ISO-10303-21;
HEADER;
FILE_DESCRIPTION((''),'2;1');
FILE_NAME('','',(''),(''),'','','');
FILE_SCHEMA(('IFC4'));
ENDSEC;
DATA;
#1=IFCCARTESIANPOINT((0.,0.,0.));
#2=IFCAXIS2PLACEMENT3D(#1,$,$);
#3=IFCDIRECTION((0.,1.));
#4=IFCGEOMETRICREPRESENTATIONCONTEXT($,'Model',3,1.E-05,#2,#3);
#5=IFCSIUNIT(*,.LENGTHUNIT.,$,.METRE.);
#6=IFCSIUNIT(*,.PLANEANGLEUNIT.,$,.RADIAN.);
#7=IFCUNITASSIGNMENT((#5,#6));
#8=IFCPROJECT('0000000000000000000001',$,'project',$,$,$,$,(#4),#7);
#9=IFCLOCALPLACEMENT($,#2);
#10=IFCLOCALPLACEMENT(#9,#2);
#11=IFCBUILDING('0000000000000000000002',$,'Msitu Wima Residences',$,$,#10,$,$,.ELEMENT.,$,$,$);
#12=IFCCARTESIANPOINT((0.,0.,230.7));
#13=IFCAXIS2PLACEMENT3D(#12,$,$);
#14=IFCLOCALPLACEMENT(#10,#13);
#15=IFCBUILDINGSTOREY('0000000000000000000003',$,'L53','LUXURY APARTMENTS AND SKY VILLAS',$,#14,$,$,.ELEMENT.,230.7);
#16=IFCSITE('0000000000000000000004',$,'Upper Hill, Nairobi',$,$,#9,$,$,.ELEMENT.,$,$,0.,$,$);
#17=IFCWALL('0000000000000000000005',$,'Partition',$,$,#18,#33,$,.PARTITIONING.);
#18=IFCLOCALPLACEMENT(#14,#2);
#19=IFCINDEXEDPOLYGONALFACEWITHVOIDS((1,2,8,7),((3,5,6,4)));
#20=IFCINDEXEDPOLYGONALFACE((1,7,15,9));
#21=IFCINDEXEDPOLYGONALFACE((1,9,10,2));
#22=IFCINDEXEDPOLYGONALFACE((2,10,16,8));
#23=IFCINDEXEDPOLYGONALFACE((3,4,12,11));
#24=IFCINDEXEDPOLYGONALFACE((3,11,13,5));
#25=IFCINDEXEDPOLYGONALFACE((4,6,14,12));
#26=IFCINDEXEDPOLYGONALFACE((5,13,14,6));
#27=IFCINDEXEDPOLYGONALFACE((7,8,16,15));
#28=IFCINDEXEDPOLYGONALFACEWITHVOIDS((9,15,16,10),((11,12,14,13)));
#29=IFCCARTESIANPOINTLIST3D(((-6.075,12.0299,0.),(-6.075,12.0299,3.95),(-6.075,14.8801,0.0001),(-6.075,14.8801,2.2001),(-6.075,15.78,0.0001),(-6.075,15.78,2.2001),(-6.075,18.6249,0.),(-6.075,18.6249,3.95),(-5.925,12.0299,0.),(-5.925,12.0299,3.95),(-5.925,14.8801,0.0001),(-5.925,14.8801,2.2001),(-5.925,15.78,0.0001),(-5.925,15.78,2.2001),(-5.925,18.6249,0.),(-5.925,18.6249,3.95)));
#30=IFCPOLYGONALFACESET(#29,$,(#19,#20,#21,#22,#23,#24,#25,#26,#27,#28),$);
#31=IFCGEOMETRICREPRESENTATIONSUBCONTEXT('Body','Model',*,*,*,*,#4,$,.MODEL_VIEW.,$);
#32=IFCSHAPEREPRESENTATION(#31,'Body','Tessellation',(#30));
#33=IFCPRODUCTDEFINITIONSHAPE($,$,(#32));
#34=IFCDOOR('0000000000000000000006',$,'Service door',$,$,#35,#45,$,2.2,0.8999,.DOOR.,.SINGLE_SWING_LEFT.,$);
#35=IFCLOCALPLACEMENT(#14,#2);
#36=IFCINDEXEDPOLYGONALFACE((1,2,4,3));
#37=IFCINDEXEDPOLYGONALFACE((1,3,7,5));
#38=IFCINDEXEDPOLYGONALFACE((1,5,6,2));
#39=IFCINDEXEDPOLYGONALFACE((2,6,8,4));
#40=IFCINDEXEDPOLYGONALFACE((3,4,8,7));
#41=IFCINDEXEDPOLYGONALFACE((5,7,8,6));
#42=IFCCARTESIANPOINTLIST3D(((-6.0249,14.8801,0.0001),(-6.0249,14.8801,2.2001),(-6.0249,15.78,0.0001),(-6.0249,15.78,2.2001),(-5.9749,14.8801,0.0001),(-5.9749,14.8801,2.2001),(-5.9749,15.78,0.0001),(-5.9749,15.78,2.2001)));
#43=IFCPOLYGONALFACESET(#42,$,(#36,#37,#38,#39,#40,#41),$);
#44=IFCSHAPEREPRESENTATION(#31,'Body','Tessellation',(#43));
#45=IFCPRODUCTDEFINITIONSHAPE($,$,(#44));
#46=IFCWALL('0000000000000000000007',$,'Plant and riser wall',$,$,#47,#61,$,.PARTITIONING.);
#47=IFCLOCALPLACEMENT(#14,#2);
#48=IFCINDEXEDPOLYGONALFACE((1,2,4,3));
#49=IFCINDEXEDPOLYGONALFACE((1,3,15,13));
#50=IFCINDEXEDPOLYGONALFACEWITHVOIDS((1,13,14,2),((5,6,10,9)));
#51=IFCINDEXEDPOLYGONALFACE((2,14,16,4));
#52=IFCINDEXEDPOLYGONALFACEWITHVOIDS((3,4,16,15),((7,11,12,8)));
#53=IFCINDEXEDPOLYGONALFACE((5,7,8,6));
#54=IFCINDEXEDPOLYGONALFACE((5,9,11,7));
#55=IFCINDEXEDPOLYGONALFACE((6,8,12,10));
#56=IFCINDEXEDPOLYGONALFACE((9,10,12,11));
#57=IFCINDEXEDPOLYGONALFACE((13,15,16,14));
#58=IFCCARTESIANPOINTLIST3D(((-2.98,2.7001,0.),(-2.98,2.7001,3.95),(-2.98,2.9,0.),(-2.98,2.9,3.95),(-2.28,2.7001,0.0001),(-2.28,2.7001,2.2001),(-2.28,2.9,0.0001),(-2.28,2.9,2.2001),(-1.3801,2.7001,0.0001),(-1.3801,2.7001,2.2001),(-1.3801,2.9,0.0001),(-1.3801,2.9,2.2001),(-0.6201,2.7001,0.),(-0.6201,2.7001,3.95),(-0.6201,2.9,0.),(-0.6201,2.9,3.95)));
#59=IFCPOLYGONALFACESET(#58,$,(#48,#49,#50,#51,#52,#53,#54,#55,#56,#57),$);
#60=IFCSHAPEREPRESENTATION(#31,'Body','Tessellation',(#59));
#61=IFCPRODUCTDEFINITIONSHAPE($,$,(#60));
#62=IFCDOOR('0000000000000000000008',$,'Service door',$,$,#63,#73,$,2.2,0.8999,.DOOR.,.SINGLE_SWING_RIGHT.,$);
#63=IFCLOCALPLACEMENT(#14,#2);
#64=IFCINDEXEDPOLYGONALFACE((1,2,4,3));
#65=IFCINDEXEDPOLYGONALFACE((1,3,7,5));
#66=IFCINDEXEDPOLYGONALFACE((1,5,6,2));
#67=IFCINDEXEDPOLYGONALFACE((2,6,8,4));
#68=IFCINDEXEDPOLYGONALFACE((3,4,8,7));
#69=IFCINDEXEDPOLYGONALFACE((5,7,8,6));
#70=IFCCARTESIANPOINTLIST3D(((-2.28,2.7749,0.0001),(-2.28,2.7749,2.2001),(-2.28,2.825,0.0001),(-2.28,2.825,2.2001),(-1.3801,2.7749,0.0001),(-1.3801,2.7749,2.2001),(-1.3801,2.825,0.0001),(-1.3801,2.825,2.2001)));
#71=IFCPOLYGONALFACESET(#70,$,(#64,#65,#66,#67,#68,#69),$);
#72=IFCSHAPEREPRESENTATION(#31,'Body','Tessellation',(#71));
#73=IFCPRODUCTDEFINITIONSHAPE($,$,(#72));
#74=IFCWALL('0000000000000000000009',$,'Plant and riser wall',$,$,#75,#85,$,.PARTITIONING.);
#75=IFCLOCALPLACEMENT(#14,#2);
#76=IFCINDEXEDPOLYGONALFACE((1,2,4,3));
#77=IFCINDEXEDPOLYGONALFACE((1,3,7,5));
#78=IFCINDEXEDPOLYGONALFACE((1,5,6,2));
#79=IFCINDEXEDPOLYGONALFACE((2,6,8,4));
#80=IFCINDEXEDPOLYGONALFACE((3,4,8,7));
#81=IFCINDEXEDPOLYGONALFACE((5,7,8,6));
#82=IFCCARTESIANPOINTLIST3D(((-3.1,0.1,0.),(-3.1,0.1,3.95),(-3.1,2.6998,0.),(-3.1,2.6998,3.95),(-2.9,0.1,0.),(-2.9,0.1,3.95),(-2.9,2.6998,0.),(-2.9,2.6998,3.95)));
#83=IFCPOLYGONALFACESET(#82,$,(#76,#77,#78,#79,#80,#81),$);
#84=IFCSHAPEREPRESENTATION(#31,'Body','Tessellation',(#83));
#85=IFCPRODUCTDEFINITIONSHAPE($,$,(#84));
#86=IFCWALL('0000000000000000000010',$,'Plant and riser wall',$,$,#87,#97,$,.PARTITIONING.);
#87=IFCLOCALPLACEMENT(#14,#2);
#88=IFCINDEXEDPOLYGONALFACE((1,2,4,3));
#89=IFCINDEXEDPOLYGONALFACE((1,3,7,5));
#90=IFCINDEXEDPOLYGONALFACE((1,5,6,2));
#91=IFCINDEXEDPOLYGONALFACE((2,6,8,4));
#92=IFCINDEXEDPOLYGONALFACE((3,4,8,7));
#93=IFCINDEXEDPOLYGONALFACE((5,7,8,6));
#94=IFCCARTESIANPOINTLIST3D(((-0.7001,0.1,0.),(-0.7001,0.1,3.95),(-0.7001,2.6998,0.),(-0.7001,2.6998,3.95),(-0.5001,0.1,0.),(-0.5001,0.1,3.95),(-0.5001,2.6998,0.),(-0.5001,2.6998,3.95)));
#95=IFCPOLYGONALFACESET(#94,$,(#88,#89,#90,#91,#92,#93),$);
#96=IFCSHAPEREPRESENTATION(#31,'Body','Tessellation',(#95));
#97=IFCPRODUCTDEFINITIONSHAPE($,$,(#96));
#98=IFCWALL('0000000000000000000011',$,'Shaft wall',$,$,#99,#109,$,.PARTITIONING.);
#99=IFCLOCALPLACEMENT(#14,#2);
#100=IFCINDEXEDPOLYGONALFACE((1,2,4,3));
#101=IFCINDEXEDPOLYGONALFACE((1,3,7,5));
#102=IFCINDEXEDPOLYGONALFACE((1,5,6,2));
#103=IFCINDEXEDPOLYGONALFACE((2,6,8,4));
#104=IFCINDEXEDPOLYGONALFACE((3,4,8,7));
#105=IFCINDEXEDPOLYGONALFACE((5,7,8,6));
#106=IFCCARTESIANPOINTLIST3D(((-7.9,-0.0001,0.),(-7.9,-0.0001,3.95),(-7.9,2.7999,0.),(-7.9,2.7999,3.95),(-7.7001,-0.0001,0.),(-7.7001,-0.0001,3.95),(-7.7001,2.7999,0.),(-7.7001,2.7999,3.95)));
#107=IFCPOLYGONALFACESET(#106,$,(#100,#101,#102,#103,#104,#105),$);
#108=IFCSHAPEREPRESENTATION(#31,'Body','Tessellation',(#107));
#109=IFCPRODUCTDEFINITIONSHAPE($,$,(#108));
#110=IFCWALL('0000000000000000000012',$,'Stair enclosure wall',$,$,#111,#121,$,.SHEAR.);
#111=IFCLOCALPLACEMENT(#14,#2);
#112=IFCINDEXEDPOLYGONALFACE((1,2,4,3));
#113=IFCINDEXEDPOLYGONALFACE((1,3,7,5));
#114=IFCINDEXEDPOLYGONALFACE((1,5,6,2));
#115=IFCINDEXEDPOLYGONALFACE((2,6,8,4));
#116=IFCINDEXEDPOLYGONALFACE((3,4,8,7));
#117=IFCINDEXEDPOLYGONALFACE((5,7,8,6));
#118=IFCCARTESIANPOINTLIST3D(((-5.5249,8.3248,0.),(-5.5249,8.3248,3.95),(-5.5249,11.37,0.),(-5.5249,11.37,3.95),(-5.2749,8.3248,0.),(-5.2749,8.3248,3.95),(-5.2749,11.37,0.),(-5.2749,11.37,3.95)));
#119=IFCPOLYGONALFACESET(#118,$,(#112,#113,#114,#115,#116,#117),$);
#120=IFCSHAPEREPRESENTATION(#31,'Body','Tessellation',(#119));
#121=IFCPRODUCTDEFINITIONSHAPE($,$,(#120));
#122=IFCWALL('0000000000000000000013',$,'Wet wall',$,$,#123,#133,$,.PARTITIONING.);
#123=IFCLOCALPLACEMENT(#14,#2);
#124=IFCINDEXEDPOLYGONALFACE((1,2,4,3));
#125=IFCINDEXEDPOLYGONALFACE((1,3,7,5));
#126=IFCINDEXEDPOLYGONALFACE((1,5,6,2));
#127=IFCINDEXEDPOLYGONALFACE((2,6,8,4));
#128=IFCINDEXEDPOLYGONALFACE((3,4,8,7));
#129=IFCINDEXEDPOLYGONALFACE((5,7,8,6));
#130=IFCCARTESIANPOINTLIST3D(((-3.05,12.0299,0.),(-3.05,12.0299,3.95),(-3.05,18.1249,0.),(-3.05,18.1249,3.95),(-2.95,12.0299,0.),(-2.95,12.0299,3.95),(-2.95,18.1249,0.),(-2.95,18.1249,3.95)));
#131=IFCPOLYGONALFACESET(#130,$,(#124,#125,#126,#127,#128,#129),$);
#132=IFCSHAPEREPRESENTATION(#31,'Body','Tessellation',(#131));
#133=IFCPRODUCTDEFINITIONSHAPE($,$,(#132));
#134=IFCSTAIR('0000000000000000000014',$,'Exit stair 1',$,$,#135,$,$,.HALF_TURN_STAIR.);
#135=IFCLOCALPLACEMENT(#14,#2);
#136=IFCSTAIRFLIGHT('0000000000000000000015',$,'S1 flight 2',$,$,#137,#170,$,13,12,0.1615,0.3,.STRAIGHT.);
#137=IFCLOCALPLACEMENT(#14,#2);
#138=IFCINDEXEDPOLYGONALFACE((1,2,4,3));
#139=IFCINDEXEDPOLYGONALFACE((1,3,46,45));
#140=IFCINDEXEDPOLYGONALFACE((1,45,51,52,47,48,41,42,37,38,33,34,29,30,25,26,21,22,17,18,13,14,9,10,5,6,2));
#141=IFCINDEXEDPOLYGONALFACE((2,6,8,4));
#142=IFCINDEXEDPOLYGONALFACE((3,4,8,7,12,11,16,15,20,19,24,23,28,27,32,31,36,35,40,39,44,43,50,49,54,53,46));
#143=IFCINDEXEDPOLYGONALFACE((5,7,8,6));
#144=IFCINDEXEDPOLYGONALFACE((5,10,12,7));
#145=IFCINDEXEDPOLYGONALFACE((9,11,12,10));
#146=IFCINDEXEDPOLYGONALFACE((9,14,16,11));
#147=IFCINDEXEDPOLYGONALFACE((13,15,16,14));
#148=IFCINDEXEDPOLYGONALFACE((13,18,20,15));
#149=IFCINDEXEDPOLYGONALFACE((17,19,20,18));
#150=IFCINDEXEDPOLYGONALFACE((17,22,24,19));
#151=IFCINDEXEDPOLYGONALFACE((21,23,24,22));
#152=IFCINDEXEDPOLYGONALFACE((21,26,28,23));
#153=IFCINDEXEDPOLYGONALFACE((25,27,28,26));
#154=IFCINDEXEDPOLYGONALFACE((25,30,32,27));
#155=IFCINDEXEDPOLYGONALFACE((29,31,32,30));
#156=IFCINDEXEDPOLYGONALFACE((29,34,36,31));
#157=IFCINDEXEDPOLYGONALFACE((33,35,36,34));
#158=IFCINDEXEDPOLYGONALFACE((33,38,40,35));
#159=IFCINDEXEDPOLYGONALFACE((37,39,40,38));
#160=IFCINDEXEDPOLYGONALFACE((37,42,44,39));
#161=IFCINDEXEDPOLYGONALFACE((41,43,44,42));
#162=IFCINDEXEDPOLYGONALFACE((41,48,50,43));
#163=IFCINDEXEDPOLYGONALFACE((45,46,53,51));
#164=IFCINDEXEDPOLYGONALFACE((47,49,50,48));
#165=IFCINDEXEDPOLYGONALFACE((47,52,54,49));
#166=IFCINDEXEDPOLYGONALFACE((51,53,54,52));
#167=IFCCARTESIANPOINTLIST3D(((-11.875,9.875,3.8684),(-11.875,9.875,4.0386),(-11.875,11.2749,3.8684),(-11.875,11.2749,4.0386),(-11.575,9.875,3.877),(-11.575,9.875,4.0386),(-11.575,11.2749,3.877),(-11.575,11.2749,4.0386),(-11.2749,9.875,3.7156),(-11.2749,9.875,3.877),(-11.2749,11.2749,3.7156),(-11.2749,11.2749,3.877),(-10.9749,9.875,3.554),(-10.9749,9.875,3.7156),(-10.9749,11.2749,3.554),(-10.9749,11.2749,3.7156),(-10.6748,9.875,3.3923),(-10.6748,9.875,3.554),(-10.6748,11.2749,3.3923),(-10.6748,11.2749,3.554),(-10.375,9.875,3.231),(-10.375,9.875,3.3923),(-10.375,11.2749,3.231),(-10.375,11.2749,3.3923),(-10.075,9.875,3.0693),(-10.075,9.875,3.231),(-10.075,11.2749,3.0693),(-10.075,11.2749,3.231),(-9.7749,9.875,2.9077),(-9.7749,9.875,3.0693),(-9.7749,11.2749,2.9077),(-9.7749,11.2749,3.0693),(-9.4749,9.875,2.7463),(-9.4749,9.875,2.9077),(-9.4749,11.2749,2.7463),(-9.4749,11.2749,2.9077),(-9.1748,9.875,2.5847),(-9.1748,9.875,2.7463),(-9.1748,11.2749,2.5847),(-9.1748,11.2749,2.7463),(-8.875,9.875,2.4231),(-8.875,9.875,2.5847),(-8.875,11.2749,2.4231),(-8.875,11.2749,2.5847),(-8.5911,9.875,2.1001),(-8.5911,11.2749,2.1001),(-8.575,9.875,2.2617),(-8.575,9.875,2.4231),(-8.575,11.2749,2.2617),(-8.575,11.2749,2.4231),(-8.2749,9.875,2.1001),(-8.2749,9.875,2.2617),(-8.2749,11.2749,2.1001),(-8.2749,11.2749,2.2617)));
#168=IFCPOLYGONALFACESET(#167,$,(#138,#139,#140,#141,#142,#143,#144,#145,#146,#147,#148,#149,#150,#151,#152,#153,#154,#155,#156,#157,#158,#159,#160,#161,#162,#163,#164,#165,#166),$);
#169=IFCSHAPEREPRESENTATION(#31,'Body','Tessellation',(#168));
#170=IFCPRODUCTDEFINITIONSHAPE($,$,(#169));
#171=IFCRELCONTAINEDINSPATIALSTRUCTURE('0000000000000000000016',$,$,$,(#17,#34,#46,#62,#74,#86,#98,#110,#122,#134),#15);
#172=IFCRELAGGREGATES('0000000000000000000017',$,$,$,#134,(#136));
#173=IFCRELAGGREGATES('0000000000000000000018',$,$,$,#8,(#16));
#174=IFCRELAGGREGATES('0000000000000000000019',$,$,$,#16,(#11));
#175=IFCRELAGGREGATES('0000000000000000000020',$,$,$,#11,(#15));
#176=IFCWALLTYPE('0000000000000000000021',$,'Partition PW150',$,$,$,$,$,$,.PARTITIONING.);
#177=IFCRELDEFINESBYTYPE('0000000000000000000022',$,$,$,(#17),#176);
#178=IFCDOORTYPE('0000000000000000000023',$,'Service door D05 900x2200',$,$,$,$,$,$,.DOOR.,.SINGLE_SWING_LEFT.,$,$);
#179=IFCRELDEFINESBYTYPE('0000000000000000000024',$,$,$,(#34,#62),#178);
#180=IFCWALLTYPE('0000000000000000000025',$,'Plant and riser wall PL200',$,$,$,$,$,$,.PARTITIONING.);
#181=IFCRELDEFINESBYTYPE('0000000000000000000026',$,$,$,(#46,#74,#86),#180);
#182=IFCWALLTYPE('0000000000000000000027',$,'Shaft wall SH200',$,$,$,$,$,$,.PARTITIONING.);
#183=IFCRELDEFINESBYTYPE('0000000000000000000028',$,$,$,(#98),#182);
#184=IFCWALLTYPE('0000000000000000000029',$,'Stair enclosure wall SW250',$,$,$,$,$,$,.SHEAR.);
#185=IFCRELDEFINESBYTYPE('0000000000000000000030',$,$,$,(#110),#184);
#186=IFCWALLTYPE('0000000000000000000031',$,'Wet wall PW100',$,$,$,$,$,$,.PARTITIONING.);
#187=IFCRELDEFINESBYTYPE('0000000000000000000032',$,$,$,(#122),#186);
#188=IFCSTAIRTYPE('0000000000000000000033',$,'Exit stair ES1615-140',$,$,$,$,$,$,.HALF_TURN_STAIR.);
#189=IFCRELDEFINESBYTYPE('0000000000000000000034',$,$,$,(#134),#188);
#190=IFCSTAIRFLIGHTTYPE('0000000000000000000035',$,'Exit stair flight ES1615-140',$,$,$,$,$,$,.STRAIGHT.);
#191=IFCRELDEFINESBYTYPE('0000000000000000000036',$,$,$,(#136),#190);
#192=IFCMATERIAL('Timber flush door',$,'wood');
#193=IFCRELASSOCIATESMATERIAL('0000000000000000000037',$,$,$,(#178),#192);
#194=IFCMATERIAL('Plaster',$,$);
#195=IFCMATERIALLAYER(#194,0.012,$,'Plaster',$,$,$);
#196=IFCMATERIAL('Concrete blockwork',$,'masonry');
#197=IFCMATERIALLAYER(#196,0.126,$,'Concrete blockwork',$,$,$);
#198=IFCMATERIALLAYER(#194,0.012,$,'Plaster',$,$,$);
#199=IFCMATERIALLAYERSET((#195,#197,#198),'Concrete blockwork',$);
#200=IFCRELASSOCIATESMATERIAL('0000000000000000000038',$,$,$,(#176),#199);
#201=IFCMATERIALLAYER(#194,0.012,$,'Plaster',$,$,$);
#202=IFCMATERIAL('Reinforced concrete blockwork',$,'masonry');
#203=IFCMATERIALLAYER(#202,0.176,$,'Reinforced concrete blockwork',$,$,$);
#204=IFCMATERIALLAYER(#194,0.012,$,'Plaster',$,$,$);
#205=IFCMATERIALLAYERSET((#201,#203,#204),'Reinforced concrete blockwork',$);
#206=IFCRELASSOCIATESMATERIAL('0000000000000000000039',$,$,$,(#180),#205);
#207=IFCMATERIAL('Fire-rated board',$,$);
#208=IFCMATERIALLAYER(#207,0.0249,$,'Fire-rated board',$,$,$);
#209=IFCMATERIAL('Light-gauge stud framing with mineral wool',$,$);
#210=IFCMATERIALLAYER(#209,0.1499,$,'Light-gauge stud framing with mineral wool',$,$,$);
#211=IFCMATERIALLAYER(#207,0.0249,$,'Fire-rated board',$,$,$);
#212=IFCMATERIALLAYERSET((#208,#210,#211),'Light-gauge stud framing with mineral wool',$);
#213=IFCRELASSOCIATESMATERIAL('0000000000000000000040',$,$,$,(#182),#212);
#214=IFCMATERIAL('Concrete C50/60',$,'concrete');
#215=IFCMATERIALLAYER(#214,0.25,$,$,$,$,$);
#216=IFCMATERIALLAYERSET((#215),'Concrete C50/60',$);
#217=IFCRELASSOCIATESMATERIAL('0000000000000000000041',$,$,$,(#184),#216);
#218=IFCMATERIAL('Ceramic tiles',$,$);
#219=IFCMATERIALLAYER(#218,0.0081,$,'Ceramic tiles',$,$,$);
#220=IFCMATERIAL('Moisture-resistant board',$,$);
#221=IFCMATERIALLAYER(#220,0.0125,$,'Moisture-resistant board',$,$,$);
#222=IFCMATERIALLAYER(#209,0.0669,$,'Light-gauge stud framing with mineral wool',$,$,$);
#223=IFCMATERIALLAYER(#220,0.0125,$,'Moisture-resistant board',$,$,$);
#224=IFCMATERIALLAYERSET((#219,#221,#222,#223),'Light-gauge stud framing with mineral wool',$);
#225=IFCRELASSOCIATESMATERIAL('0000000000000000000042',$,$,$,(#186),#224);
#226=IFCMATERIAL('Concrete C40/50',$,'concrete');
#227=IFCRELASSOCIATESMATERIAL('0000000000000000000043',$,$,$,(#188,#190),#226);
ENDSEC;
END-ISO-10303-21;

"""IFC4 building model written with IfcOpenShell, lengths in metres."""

from ifc_helpers import new_model, si_unit, direction, frame, frame_2d, origin, place, context, subcontext, project, spatial, polyline, rectangle, outline, extrude, material, layer, layer_set, type_object, element, fill, aggregate, save


model = new_model("IFC4")

# Units and contexts
model_context = context("Model", 3, precision=1e-05, world=origin(), true_north=direction((0.0, 1.0)))
body_context = subcontext(model_context, "Body", "Model", "MODEL_VIEW")
ifc_project = project(units=[si_unit("LENGTHUNIT", "METRE"), si_unit("PLANEANGLEUNIT", "RADIAN")], contexts=[model_context])

# Site, building, storey
site_placement = place(None, origin())
site = spatial("IfcSite", under=ifc_project, at=site_placement, Name="Upper Hill, Nairobi", CompositionType="ELEMENT", RefElevation=0.0)
building_placement = place(site_placement, origin())
building = spatial("IfcBuilding", under=site, at=building_placement, Name="Msitu Wima Residences", CompositionType="ELEMENT")
storey_placement = place(building_placement, frame((0.0, 0.0, 230.7)))
storey = spatial("IfcBuildingStorey", under=building, at=storey_placement, Name="L53", Description="LUXURY APARTMENTS AND SKY VILLAS", CompositionType="ELEMENT", Elevation=230.7)

# Shared definitions
ifc_material_1 = material(Name="Concrete C40/50", Category="concrete")

# Shared definitions
ifc_material_2 = material(Name="Plaster")
ifc_material_3 = material(Name="Concrete blockwork", Category="masonry")
ifc_material_4 = material(Name="Timber flush door", Category="wood")
door_type_1 = type_object("IfcDoorType", Name="Service door D05 900x2200", OperationType="SINGLE_SWING_LEFT", PredefinedType="DOOR", material=ifc_material_4)

# Walls, openings, doors
ifc_layer_1 = layer(ifc_material_2, 0.012, Name="Plaster")
ifc_layer_2 = layer(ifc_material_3, 0.126, Name="Concrete blockwork")
ifc_layer_3 = layer(ifc_material_2, 0.012, Name="Plaster")
ifc_layer_set_1 = layer_set([ifc_layer_1, ifc_layer_2, ifc_layer_3], Name="Concrete blockwork")
wall_type_1 = type_object("IfcWallType", Name="Partition PW150", PredefinedType="PARTITIONING", material=ifc_layer_set_1)
wall_1_placement = place(storey_placement, frame((-6.0, 12.03, 0.0), z_axis=(0.0, 0.0, 1.0), x_axis=(0.0, 1.0, 0.0)))
wall_1 = element("IfcWall", 1, at=wall_1_placement, inside=storey, type_object=wall_type_1, Name="Partition", PredefinedType="PARTITIONING", context=body_context, shape_type="SweptSolid", body=[
    extrude(rectangle(XDim=6.595, YDim=0.1499, at=frame_2d((3.2974, 0.0))), origin(), (0.0, 0.0, 1.0), 3.95),
])
opening_1_placement = place(wall_1_placement, frame((2.8501, 0.0, 0.0)))
opening_1 = element("IfcOpeningElement", 2, at=opening_1_placement, cuts=wall_1, PredefinedType="OPENING", context=body_context, shape_type="SweptSolid", body=[
    extrude(rectangle(XDim=0.8999, YDim=2.2, at=frame_2d((0.45, 1.1001))), frame((0.0, 0.085, 0.0), z_axis=(0.0, -1.0, 0.0), x_axis=(1.0, 0.0, 0.0)), (0.0, 0.0, 1.0), 0.1699),
])
door_1_placement = place(opening_1_placement, origin())
door_1 = element("IfcDoor", 3, at=door_1_placement, inside=storey, type_object=door_type_1, Name="Service door", OperationType="SINGLE_SWING_LEFT", OverallHeight=2.2, OverallWidth=0.8999, PredefinedType="DOOR", context=body_context, shape_type="SweptSolid", body=[
    extrude(rectangle(XDim=0.8999, YDim=2.2, at=frame_2d((0.45, 1.1001))), frame((0.0, 0.0249, 0.0), z_axis=(0.0, -1.0, 0.0), x_axis=(1.0, 0.0, 0.0)), (0.0, 0.0, 1.0), 0.05),
])
fill(opening_1, door_1)
ifc_layer_4 = layer(ifc_material_2, 0.012, Name="Plaster")
ifc_material_5 = material(Name="Reinforced concrete blockwork", Category="masonry")
ifc_layer_5 = layer(ifc_material_5, 0.176, Name="Reinforced concrete blockwork")
ifc_layer_6 = layer(ifc_material_2, 0.012, Name="Plaster")
ifc_layer_set_2 = layer_set([ifc_layer_4, ifc_layer_5, ifc_layer_6], Name="Reinforced concrete blockwork")
wall_type_2 = type_object("IfcWallType", Name="Plant and riser wall PL200", PredefinedType="PARTITIONING", material=ifc_layer_set_2)
wall_2_placement = place(storey_placement, frame((-2.98, 2.8, 0.0), z_axis=(0.0, 0.0, 1.0), x_axis=(1.0, 0.0, 0.0)))
wall_2 = element("IfcWall", 4, at=wall_2_placement, inside=storey, type_object=wall_type_2, Name="Plant and riser wall", PredefinedType="PARTITIONING", context=body_context, shape_type="SweptSolid", body=[
    extrude(rectangle(XDim=2.3599, YDim=0.2, at=frame_2d((1.1799, 0.0))), origin(), (0.0, 0.0, 1.0), 3.95),
])
opening_2_placement = place(wall_2_placement, frame((0.7, 0.0, 0.0)))
opening_2 = element("IfcOpeningElement", 5, at=opening_2_placement, cuts=wall_2, PredefinedType="OPENING", context=body_context, shape_type="SweptSolid", body=[
    extrude(rectangle(XDim=0.8999, YDim=2.2, at=frame_2d((0.45, 1.1001))), frame((0.0, 0.1099, 0.0), z_axis=(0.0, -1.0, 0.0), x_axis=(1.0, 0.0, 0.0)), (0.0, 0.0, 1.0), 0.22),
])
door_2_placement = place(opening_2_placement, origin())
door_2 = element("IfcDoor", 6, at=door_2_placement, inside=storey, type_object=door_type_1, Name="Service door", OperationType="SINGLE_SWING_RIGHT", OverallHeight=2.2, OverallWidth=0.8999, PredefinedType="DOOR", context=body_context, shape_type="SweptSolid", body=[
    extrude(rectangle(XDim=0.8999, YDim=2.2, at=frame_2d((0.45, 1.1001))), frame((0.0, 0.0249, 0.0), z_axis=(0.0, -1.0, 0.0), x_axis=(1.0, 0.0, 0.0)), (0.0, 0.0, 1.0), 0.05),
])
fill(opening_2, door_2)

# Walls
for number, where, z_axis, x_axis, name in (
    (7, (-3.0, 0.1001, 0.0), (0.0, 0.0, 1.0), (0.0, 1.0, 0.0), "Plant and riser wall"),
    (8, (-0.6001, 0.1001, 0.0), (0.0, 0.0, 1.0), (0.0, 1.0, 0.0), "Plant and riser wall"),
):
    element("IfcWall", number, at=place(storey_placement, frame(where, z_axis=z_axis, x_axis=x_axis)), inside=storey, type_object=wall_type_2, Name=name, PredefinedType="PARTITIONING", context=body_context, shape_type="SweptSolid", body=[
        extrude(rectangle(XDim=2.5999, YDim=0.2, at=frame_2d((1.2998, 0.0))), origin(), (0.0, 0.0, 1.0), 3.95),
    ])
ifc_material_6 = material(Name="Fire-rated board")
ifc_layer_7 = layer(ifc_material_6, 0.0249, Name="Fire-rated board")
ifc_material_7 = material(Name="Light-gauge stud framing with mineral wool")
ifc_layer_8 = layer(ifc_material_7, 0.1499, Name="Light-gauge stud framing with mineral wool")
ifc_layer_9 = layer(ifc_material_6, 0.0249, Name="Fire-rated board")
ifc_layer_set_3 = layer_set([ifc_layer_7, ifc_layer_8, ifc_layer_9], Name="Light-gauge stud framing with mineral wool")
wall_type_3 = type_object("IfcWallType", Name="Shaft wall SH200", PredefinedType="PARTITIONING", material=ifc_layer_set_3)
wall_3_placement = place(storey_placement, frame((-7.8, 0.0, 0.0), z_axis=(0.0, 0.0, 1.0), x_axis=(0.0, 1.0, 0.0)))
element("IfcWall", 9, at=wall_3_placement, inside=storey, type_object=wall_type_3, Name="Shaft wall", PredefinedType="PARTITIONING", context=body_context, shape_type="SweptSolid", body=[
    extrude(rectangle(XDim=2.8, YDim=0.2, at=frame_2d((1.3999, 0.0))), origin(), (0.0, 0.0, 1.0), 3.95),
])
ifc_material_8 = material(Name="Concrete C50/60", Category="concrete")
ifc_layer_10 = layer(ifc_material_8, 0.25)
ifc_layer_set_4 = layer_set([ifc_layer_10], Name="Concrete C50/60")
wall_type_4 = type_object("IfcWallType", Name="Stair enclosure wall SW250", PredefinedType="SHEAR", material=ifc_layer_set_4)
wall_4_placement = place(storey_placement, frame((-5.3999, 8.325, 0.0), z_axis=(0.0, 0.0, 1.0), x_axis=(0.0, 1.0, 0.0)))
element("IfcWall", 10, at=wall_4_placement, inside=storey, type_object=wall_type_4, Name="Stair enclosure wall", PredefinedType="SHEAR", context=body_context, shape_type="SweptSolid", body=[
    extrude(rectangle(XDim=3.0452, YDim=0.25, at=frame_2d((1.5225, 0.0))), origin(), (0.0, 0.0, 1.0), 3.95),
])
ifc_material_9 = material(Name="Ceramic tiles")
ifc_layer_11 = layer(ifc_material_9, 0.0081, Name="Ceramic tiles")
ifc_material_10 = material(Name="Moisture-resistant board")
ifc_layer_12 = layer(ifc_material_10, 0.0125, Name="Moisture-resistant board")
ifc_layer_13 = layer(ifc_material_7, 0.0669, Name="Light-gauge stud framing with mineral wool")
ifc_layer_14 = layer(ifc_material_10, 0.0125, Name="Moisture-resistant board")
ifc_layer_set_5 = layer_set([ifc_layer_11, ifc_layer_12, ifc_layer_13, ifc_layer_14], Name="Light-gauge stud framing with mineral wool")
wall_type_5 = type_object("IfcWallType", Name="Wet wall PW100", PredefinedType="PARTITIONING", material=ifc_layer_set_5)
wall_5_placement = place(storey_placement, frame((-3.0, 12.03, 0.0), z_axis=(0.0, 0.0, 1.0), x_axis=(0.0, 1.0, 0.0)))
element("IfcWall", 11, at=wall_5_placement, inside=storey, type_object=wall_type_5, Name="Wet wall", PredefinedType="PARTITIONING", context=body_context, shape_type="SweptSolid", body=[
    extrude(rectangle(XDim=6.095, YDim=0.1001, at=frame_2d((3.0474, 0.0))), origin(), (0.0, 0.0, 1.0), 3.95),
])

# Stair, stair flight
stair_type = type_object("IfcStairType", Name="Exit stair ES1615-140", PredefinedType="HALF_TURN_STAIR", material=ifc_material_1)
stair_placement = place(storey_placement, origin())
stair = element("IfcStair", 12, at=stair_placement, inside=storey, type_object=stair_type, Name="Exit stair 1", PredefinedType="HALF_TURN_STAIR")
stair_flight_type = type_object("IfcStairFlightType", Name="Exit stair flight ES1615-140", PredefinedType="STRAIGHT", material=ifc_material_1)
stair_flight_placement = place(storey_placement, frame((-8.2749, 10.575, 2.1001), z_axis=(0.0, 0.0, 1.0), x_axis=(-1.0, 0.0, 0.0)))
stair_flight = element("IfcStairFlight", 13, at=stair_flight_placement, type_object=stair_flight_type, Name="S1 flight 2", NumberOfRisers=13, NumberOfTreads=12, PredefinedType="STRAIGHT", RiserHeight=0.1615, TreadLength=0.3, context=body_context, shape_type="SweptSolid", body=[
    extrude(outline(polyline([(0.0, 0.0), (0.0, 0.1616), (0.3, 0.1616), (0.3, 0.323), (0.6001, 0.323), (0.6001, 0.4846), (0.8999, 0.4846), (0.8999, 0.6462), (1.2, 0.6462), (1.2, 0.8076), (1.5, 0.8076), (1.5, 0.9692), (1.8, 0.9692), (1.8, 1.1309), (2.1001, 1.1309), (2.1001, 1.2922), (2.3999, 1.2922), (2.3999, 1.4539), (2.7, 1.4539), (2.7, 1.6155), (3.0, 1.6155), (3.0, 1.7769), (3.3, 1.7769), (3.3, 1.9385), (3.6001, 1.9385), (3.6001, 2.1001), (3.6001, 1.7683), (0.3162, 0.0), (0.0, 0.0)])), frame((0.0, 0.7, 0.0), z_axis=(0.0, -1.0, 0.0), x_axis=(1.0, 0.0, 0.0)), (0.0, 0.0, 1.0), 1.3999),
])
aggregate(stair, [stair_flight])

save(model, "model.ifc")
